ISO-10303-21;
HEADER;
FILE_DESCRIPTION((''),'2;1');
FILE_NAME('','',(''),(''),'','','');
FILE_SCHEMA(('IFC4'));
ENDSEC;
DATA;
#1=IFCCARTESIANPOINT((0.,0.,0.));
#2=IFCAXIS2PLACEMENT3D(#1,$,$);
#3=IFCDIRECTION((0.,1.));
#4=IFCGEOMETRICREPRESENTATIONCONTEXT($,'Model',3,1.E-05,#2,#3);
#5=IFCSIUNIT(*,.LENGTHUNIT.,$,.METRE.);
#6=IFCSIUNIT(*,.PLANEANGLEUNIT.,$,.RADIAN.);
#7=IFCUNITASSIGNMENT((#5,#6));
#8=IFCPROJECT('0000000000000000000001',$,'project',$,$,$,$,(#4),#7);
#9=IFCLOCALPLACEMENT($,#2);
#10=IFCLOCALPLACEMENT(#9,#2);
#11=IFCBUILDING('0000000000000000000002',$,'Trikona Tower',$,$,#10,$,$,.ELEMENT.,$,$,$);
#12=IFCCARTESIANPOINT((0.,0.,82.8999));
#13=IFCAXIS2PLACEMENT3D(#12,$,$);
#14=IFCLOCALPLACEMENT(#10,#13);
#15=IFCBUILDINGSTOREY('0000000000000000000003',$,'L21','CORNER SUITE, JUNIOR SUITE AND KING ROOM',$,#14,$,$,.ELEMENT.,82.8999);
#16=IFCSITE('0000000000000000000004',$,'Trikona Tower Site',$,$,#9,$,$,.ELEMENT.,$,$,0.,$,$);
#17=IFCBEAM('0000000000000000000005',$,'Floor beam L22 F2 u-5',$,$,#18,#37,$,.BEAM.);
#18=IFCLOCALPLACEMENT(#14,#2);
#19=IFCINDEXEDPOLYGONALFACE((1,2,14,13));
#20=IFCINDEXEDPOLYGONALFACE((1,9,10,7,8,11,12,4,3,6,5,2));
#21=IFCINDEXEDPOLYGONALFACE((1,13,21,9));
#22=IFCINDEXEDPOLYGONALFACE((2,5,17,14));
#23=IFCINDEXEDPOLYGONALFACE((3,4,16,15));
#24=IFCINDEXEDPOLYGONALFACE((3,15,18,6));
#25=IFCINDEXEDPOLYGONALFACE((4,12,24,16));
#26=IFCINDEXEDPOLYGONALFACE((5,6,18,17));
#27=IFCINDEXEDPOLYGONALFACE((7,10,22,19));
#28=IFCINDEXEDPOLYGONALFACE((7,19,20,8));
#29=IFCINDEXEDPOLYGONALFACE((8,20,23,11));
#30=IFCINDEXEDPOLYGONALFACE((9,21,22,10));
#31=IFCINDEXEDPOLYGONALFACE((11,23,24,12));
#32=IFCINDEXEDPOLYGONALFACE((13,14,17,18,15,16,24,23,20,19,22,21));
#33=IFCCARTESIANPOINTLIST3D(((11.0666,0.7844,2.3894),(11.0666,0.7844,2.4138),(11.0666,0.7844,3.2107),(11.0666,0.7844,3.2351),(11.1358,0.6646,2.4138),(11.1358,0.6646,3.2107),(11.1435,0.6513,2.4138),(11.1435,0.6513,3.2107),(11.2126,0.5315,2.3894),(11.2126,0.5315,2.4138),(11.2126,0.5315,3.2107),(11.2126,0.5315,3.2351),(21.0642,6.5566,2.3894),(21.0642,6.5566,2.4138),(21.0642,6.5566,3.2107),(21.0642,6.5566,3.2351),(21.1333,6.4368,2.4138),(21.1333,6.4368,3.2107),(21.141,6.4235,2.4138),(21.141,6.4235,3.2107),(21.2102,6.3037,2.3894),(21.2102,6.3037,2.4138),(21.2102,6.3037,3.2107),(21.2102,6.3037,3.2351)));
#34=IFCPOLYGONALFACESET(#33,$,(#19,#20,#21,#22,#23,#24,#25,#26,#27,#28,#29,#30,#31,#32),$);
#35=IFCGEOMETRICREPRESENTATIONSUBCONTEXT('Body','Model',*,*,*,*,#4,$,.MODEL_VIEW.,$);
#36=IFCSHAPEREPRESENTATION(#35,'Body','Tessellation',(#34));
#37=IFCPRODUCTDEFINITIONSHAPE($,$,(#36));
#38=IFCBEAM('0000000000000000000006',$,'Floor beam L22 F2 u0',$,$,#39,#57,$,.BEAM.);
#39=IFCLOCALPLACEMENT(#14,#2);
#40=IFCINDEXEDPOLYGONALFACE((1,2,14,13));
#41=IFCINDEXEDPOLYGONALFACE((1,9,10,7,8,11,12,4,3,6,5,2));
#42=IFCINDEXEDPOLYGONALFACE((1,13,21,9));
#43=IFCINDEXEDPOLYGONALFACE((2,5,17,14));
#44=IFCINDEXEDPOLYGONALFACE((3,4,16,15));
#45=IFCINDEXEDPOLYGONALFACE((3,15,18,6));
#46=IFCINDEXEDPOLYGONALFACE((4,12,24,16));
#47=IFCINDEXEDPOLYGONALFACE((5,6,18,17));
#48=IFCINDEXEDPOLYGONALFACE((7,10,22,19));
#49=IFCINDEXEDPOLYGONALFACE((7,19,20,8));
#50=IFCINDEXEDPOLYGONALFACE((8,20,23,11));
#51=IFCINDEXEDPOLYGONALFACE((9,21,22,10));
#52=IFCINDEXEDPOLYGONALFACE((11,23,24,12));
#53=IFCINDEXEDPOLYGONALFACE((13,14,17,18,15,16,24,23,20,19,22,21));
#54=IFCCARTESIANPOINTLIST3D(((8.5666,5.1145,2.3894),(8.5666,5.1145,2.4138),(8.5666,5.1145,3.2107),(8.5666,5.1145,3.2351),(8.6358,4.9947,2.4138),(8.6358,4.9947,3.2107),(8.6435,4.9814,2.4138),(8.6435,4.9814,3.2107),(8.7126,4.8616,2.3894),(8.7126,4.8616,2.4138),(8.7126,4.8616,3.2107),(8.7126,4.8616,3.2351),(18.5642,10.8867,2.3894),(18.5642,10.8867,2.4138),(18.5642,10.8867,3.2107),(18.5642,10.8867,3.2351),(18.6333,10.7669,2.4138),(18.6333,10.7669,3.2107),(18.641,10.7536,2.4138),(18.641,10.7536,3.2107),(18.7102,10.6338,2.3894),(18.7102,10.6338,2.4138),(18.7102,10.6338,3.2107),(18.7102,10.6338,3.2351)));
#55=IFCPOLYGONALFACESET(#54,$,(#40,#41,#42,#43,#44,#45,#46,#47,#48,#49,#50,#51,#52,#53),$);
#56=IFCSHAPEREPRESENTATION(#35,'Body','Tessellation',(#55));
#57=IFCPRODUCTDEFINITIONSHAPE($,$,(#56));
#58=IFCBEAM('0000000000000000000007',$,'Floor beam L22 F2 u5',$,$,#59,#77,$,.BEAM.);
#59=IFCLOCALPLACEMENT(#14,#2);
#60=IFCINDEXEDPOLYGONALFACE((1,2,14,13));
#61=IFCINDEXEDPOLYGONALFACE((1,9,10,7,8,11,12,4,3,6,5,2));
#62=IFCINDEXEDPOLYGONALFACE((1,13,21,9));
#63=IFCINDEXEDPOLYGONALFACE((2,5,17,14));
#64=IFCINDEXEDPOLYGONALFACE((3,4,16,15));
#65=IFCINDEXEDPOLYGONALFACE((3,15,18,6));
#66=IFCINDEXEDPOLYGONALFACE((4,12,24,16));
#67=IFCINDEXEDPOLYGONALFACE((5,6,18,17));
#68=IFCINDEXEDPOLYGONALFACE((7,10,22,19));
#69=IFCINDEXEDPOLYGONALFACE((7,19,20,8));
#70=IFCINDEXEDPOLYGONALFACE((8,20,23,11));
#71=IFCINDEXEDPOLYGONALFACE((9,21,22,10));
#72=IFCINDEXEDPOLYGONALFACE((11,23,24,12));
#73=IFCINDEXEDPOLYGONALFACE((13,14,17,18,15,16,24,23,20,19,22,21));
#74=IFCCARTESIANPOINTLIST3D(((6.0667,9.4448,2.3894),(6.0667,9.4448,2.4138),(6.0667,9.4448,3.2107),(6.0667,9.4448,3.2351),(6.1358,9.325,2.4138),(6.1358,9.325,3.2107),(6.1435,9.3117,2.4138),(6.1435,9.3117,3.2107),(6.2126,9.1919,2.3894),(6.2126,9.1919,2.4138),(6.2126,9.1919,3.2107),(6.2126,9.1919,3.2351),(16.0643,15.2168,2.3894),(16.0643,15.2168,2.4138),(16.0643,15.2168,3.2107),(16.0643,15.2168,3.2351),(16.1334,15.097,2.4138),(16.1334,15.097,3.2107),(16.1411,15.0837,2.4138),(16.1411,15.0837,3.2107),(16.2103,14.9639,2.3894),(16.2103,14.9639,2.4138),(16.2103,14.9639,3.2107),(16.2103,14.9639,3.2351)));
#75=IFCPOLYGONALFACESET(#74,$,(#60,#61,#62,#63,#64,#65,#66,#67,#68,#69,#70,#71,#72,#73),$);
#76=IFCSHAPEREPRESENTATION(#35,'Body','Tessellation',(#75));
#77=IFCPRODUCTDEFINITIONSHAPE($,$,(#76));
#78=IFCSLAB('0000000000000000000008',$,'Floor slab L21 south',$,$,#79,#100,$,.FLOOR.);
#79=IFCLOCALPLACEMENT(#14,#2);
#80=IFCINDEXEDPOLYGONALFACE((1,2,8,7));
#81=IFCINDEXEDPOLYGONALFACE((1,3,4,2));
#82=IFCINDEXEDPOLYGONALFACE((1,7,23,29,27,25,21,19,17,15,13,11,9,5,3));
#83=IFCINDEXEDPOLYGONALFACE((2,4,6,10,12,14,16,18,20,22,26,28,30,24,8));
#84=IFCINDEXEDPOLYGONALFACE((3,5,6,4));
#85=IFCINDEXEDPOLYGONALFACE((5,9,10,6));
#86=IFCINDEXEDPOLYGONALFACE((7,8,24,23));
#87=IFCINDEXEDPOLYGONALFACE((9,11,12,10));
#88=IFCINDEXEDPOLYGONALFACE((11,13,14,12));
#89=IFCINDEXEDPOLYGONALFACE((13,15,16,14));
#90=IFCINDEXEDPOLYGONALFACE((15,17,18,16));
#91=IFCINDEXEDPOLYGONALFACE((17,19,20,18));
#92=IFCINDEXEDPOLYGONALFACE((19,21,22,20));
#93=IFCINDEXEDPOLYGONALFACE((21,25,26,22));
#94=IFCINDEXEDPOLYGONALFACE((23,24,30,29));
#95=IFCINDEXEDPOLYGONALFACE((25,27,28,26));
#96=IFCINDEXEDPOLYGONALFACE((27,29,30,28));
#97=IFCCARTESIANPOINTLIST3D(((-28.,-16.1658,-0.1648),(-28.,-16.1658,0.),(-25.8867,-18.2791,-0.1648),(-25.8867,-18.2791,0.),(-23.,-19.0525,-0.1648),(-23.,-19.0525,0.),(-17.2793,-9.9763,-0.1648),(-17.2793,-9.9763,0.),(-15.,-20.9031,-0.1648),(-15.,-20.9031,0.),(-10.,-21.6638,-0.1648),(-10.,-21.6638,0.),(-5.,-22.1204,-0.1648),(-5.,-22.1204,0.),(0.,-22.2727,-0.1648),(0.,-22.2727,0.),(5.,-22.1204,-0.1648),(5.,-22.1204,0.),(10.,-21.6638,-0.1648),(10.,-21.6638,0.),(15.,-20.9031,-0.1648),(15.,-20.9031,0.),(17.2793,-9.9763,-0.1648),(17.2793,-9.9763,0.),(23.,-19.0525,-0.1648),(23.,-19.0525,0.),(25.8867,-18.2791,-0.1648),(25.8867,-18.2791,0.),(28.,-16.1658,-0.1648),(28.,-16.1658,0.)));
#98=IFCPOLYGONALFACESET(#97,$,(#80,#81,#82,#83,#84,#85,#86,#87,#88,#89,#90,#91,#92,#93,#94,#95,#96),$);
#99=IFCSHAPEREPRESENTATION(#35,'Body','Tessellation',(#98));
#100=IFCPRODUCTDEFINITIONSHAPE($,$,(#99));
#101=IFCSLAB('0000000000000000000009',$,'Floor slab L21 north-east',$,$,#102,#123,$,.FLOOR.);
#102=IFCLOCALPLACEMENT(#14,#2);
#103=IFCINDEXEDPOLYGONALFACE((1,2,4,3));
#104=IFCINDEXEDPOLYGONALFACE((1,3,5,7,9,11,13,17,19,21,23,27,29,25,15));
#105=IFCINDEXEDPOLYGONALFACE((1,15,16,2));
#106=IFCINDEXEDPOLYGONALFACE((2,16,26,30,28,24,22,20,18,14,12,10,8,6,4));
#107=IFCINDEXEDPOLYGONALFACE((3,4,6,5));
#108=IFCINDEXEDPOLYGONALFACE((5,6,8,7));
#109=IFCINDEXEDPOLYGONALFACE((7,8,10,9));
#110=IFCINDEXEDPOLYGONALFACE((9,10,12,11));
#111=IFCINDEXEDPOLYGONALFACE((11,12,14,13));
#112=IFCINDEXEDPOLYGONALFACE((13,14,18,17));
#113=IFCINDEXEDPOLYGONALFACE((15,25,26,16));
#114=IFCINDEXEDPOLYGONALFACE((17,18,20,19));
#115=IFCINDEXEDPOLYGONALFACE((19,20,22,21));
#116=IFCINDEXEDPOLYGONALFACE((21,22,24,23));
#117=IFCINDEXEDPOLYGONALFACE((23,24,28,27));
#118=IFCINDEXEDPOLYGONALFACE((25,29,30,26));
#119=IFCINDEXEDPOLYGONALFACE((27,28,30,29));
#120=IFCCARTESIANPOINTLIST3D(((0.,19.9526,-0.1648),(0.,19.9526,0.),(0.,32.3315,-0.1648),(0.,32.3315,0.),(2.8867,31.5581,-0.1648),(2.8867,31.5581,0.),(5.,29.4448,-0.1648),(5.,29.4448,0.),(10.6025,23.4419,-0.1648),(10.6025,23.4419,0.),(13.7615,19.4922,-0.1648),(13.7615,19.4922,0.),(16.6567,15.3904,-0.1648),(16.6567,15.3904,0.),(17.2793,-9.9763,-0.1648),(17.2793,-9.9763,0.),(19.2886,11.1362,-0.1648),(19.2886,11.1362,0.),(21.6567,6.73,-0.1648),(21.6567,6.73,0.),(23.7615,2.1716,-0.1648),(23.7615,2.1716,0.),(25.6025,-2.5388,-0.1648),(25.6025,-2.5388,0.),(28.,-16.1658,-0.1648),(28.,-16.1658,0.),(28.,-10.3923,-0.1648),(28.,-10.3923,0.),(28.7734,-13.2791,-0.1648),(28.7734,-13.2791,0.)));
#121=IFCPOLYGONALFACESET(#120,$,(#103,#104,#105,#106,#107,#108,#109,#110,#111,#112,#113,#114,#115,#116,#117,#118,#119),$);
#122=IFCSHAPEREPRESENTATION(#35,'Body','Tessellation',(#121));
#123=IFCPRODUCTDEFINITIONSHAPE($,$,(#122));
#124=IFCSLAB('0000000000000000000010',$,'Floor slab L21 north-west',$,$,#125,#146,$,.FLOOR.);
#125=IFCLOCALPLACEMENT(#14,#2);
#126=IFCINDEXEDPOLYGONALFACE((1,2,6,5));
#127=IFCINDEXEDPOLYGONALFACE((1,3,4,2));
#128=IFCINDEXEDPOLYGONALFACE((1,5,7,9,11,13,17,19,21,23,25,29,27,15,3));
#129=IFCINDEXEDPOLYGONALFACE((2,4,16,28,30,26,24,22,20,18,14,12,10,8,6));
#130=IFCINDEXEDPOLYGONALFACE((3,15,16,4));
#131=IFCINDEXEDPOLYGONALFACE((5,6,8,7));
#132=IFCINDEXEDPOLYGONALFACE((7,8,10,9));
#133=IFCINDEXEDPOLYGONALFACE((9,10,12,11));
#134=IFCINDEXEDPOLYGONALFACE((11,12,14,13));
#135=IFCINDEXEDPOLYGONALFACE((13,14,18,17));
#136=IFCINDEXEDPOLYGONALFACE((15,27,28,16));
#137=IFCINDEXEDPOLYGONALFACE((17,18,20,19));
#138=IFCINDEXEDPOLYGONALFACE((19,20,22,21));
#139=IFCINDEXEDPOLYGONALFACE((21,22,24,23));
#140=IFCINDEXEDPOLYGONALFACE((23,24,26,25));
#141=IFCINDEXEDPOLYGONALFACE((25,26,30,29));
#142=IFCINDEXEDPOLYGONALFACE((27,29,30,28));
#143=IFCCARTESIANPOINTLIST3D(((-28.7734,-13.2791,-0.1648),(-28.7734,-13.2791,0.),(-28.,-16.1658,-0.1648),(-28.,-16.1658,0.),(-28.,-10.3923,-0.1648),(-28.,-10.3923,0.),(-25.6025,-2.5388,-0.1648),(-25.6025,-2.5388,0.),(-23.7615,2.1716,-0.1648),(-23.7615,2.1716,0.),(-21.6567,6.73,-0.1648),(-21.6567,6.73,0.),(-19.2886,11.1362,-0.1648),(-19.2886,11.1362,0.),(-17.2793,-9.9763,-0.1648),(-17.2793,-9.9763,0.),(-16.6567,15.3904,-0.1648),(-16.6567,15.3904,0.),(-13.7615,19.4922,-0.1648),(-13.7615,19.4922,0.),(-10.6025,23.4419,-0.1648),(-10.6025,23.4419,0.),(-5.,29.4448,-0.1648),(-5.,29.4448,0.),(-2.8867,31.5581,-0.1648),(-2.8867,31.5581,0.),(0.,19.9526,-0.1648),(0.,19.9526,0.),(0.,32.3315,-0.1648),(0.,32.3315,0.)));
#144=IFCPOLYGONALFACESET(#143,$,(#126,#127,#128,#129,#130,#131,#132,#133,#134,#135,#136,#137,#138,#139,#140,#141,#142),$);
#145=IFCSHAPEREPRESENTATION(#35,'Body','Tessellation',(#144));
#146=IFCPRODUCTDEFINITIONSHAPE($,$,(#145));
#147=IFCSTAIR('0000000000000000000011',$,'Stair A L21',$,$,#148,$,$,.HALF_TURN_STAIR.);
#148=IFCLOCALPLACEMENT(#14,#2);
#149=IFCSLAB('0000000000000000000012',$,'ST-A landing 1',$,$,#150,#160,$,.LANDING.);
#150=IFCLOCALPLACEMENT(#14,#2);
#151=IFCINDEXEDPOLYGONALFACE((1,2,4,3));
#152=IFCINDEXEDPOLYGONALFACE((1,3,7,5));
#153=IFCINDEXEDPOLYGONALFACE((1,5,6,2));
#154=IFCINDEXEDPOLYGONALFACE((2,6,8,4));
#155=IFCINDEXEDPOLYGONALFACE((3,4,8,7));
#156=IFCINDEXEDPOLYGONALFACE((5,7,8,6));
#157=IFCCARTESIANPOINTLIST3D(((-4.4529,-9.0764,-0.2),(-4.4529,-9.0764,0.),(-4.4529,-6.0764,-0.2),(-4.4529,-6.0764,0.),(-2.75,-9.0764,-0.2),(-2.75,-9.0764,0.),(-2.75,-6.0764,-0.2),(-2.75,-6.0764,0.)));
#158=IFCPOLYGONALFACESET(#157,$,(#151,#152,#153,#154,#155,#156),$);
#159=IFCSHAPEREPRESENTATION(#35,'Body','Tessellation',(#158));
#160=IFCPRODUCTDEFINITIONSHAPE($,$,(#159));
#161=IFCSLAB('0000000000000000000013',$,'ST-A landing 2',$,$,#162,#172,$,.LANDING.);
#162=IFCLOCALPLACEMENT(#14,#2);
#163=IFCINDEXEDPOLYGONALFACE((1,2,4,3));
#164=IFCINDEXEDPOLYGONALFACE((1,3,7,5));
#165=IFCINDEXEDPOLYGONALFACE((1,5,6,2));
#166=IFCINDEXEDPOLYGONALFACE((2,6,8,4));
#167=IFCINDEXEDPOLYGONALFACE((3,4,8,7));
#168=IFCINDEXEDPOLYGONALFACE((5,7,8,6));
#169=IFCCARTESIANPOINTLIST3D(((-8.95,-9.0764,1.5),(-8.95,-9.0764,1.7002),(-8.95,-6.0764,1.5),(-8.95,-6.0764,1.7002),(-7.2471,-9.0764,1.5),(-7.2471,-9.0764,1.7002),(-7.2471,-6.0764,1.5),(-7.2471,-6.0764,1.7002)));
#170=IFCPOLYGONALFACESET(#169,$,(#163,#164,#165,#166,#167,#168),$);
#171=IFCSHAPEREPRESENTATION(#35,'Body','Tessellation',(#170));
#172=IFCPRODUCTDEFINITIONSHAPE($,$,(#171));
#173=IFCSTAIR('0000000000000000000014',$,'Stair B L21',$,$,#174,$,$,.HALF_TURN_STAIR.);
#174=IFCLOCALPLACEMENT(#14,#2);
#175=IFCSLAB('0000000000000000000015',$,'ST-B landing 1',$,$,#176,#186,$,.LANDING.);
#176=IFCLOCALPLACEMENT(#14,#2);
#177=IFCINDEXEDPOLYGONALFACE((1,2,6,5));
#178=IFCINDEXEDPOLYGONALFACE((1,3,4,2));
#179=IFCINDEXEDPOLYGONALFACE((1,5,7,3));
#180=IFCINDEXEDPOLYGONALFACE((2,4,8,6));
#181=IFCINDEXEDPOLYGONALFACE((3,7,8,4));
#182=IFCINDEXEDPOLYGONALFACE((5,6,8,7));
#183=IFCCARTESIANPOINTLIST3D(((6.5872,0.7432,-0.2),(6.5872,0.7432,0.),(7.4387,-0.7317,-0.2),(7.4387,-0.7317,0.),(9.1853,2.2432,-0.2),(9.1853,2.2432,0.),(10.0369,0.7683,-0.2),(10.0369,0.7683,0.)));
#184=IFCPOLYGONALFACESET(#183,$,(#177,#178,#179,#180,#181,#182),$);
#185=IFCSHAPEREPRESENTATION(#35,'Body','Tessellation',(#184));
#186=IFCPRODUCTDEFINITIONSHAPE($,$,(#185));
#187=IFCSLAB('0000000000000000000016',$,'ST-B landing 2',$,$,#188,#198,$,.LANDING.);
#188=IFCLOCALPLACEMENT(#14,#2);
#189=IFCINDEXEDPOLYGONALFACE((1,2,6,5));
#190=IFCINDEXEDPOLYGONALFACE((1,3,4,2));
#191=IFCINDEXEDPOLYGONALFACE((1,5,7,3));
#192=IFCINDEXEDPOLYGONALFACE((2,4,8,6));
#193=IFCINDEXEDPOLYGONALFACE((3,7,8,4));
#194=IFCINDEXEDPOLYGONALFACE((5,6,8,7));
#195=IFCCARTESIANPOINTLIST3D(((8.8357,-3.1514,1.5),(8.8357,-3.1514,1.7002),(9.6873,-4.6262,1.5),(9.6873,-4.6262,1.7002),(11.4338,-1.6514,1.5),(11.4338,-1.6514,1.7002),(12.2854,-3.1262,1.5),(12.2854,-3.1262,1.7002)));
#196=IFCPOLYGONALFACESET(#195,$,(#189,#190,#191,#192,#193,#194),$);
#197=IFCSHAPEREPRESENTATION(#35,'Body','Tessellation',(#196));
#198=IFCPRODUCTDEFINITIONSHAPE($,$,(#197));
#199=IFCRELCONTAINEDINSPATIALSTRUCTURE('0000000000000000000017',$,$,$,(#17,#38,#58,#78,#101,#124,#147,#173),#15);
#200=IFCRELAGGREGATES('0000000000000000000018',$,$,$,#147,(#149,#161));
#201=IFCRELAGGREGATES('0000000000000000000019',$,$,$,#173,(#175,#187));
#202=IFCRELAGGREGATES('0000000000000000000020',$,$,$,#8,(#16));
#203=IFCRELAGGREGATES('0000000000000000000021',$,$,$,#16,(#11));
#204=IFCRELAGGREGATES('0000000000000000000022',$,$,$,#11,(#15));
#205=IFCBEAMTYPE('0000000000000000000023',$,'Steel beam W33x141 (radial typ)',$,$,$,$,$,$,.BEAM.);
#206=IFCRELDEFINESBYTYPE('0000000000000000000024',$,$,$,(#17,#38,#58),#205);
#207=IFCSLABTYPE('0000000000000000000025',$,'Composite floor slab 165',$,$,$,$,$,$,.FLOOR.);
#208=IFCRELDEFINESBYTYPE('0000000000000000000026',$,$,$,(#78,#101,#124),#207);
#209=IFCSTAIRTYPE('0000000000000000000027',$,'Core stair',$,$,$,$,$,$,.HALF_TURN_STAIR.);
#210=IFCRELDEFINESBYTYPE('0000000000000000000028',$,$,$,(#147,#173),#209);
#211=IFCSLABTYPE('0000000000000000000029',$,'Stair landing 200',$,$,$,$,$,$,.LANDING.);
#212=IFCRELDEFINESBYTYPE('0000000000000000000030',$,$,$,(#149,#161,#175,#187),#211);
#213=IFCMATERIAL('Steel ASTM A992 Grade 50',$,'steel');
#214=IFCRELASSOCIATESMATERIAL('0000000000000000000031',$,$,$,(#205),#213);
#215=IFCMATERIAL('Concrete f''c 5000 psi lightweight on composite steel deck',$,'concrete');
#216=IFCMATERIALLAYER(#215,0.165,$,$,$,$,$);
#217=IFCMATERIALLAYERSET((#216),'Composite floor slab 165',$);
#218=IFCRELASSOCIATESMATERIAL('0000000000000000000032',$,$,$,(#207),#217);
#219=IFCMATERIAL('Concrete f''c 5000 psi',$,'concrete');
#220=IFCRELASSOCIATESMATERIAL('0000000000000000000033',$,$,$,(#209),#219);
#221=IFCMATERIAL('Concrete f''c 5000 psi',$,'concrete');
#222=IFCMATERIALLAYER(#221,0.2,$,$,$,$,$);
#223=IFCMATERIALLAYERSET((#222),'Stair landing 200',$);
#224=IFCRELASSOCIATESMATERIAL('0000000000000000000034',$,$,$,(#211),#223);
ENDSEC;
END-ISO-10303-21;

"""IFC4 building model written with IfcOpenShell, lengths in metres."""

from ifc_helpers import new_model, si_unit, direction, frame, origin, origin_2d, place, context, subcontext, project, spatial, polyline, i_section, outline, extrude, material, layer, layer_set, material_profile, profile_set, type_object, element, aggregate, save


model = new_model("IFC4")

# Units and contexts
model_context = context("Model", 3, precision=1e-05, world=origin(), true_north=direction((0.0, 1.0)))
body_context = subcontext(model_context, "Body", "Model", "MODEL_VIEW")
ifc_project = project(units=[si_unit("LENGTHUNIT", "METRE"), si_unit("PLANEANGLEUNIT", "RADIAN")], contexts=[model_context])

# Site, building, storey
site_placement = place(None, origin())
site = spatial("IfcSite", under=ifc_project, at=site_placement, Name="Trikona Tower Site", CompositionType="ELEMENT", RefElevation=0.0)
building_placement = place(site_placement, origin())
building = spatial("IfcBuilding", under=site, at=building_placement, Name="Trikona Tower", CompositionType="ELEMENT")
storey_placement = place(building_placement, frame((0.0, 0.0, 82.8999)))
storey = spatial("IfcBuildingStorey", under=building, at=storey_placement, Name="L21", Description="CORNER SUITE, JUNIOR SUITE AND KING ROOM", CompositionType="ELEMENT", Elevation=82.8999)

# Beams
ifc_material_1 = material(Name="Steel ASTM A992 Grade 50", Category="steel")
ifc_material_profile = material_profile(ifc_material_1, i_section(OverallWidth=0.292, OverallDepth=0.8457, WebThickness=0.0154, FlangeThickness=0.0244, at=origin_2d()), Name="W33X141")
ifc_profile_set = profile_set([ifc_material_profile], Name="Steel ASTM A992 Grade 50")
beam_type = type_object("IfcBeamType", Name="Steel beam W33x141 (radial typ)", PredefinedType="BEAM", material=ifc_profile_set)
for number, where, z_axis, x_axis, name in (
    (1, (11.1396, 0.658, 2.8123), (0.866021, 0.500008, 0.0), (-0.500008, 0.866021, 0.0), "Floor beam L22 F2 u-5"),
    (2, (8.6396, 4.988, 2.8123), (0.866021, 0.500008, 0.0), (-0.500008, 0.866021, 0.0), "Floor beam L22 F2 u0"),
    (3, (6.1396, 9.3184, 2.8123), (0.86603, 0.499992, 0.0), (-0.499992, 0.86603, 0.0), "Floor beam L22 F2 u5"),
):
    element("IfcBeam", number, at=place(storey_placement, frame(where, z_axis=z_axis, x_axis=x_axis)), inside=storey, type_object=beam_type, Name=name, PredefinedType="BEAM", context=body_context, shape_type="SweptSolid", body=[
        extrude(i_section(OverallWidth=0.292, OverallDepth=0.8457, WebThickness=0.0154, FlangeThickness=0.0244, at=origin_2d()), origin(), (0.0, 0.0, 1.0), 11.5442),
    ])

# Slabs
ifc_material_2 = material(Name="Concrete f'c 5000 psi lightweight on composite steel deck", Category="concrete")
ifc_layer_1 = layer(ifc_material_2, 0.165)
ifc_layer_set_1 = layer_set([ifc_layer_1], Name="Composite floor slab 165")
slab_type_1 = type_object("IfcSlabType", Name="Composite floor slab 165", PredefinedType="FLOOR", material=ifc_layer_set_1)
slab_1_placement = place(storey_placement, frame((0.0, 0.0, -0.1648)))
element("IfcSlab", 4, at=slab_1_placement, inside=storey, type_object=slab_type_1, Name="Floor slab L21 south", PredefinedType="FLOOR", context=body_context, shape_type="SweptSolid", body=[
    extrude(outline(polyline([(25.8867, -18.2791), (28.0, -16.1658), (17.2793, -9.9763), (-17.2793, -9.9763), (-28.0, -16.1658), (-25.8867, -18.2791), (-23.0, -19.0525), (-15.0, -20.9031), (-10.0, -21.6638), (-5.0, -22.1204), (0.0, -22.2727), (5.0, -22.1204), (10.0, -21.6638), (15.0, -20.9031), (23.0, -19.0525), (25.8867, -18.2791)])), origin(), (0.0, 0.0, 1.0), 0.1648),
])
slab_2_placement = place(storey_placement, frame((0.0, 0.0, -0.1648)))
element("IfcSlab", 5, at=slab_2_placement, inside=storey, type_object=slab_type_1, Name="Floor slab L21 north-east", PredefinedType="FLOOR", context=body_context, shape_type="SweptSolid", body=[
    extrude(outline(polyline([(2.8867, 31.5581), (0.0, 32.3315), (0.0, 19.9526), (17.2793, -9.9763), (28.0, -16.1658), (28.7734, -13.2791), (28.0, -10.3923), (25.6025, -2.5388), (23.7615, 2.1716), (21.6567, 6.73), (19.2886, 11.1362), (16.6567, 15.3904), (13.7615, 19.4922), (10.6025, 23.4419), (5.0, 29.4448), (2.8867, 31.5581)])), origin(), (0.0, 0.0, 1.0), 0.1648),
])
slab_3_placement = place(storey_placement, frame((0.0, 0.0, -0.1648)))
element("IfcSlab", 6, at=slab_3_placement, inside=storey, type_object=slab_type_1, Name="Floor slab L21 north-west", PredefinedType="FLOOR", context=body_context, shape_type="SweptSolid", body=[
    extrude(outline(polyline([(0.0, 19.9526), (0.0, 32.3315), (-2.8867, 31.5581), (-5.0, 29.4448), (-10.6025, 23.4419), (-13.7615, 19.4922), (-16.6567, 15.3904), (-19.2886, 11.1362), (-21.6567, 6.73), (-23.7615, 2.1716), (-25.6025, -2.5388), (-28.0, -10.3923), (-28.7734, -13.2791), (-28.0, -16.1658), (-17.2793, -9.9763), (0.0, 19.9526)])), origin(), (0.0, 0.0, 1.0), 0.1648),
])

# Stairs, slabs
ifc_material_3 = material(Name="Concrete f'c 5000 psi", Category="concrete")
stair_type = type_object("IfcStairType", Name="Core stair", PredefinedType="HALF_TURN_STAIR", material=ifc_material_3)
stair_1_placement = place(storey_placement, origin())
stair_1 = element("IfcStair", 7, at=stair_1_placement, inside=storey, type_object=stair_type, Name="Stair A L21", PredefinedType="HALF_TURN_STAIR")
ifc_material_4 = material(Name="Concrete f'c 5000 psi", Category="concrete")
ifc_layer_2 = layer(ifc_material_4, 0.2)
ifc_layer_set_2 = layer_set([ifc_layer_2], Name="Stair landing 200")
slab_type_2 = type_object("IfcSlabType", Name="Stair landing 200", PredefinedType="LANDING", material=ifc_layer_set_2)
slab_4_placement = place(storey_placement, frame((0.0, 0.0, -0.2)))
slab_4 = element("IfcSlab", 8, at=slab_4_placement, type_object=slab_type_2, Name="ST-A landing 1", PredefinedType="LANDING", context=body_context, shape_type="SweptSolid", body=[
    extrude(outline(polyline([(-4.4529, -6.0764), (-2.75, -6.0764), (-2.75, -9.0764), (-4.4529, -9.0764), (-4.4529, -6.0764)])), origin(), (0.0, 0.0, 1.0), 0.2),
])
slab_5_placement = place(storey_placement, frame((0.0, 0.0, 1.5)))
slab_5 = element("IfcSlab", 9, at=slab_5_placement, type_object=slab_type_2, Name="ST-A landing 2", PredefinedType="LANDING", context=body_context, shape_type="SweptSolid", body=[
    extrude(outline(polyline([(-8.95, -6.0764), (-7.2471, -6.0764), (-7.2471, -9.0764), (-8.95, -9.0764), (-8.95, -6.0764)])), origin(), (0.0, 0.0, 1.0), 0.2002),
])
aggregate(stair_1, [slab_4, slab_5])
stair_2_placement = place(storey_placement, origin())
stair_2 = element("IfcStair", 10, at=stair_2_placement, inside=storey, type_object=stair_type, Name="Stair B L21", PredefinedType="HALF_TURN_STAIR")
slab_6_placement = place(storey_placement, frame((0.0, 0.0, -0.2)))
slab_6 = element("IfcSlab", 11, at=slab_6_placement, type_object=slab_type_2, Name="ST-B landing 1", PredefinedType="LANDING", context=body_context, shape_type="SweptSolid", body=[
    extrude(outline(polyline([(7.4387, -0.7317), (6.5872, 0.7432), (9.1853, 2.2432), (10.0369, 0.7683), (7.4387, -0.7317)])), origin(), (0.0, 0.0, 1.0), 0.2),
])
slab_7_placement = place(storey_placement, frame((0.0, 0.0, 1.5)))
slab_7 = element("IfcSlab", 12, at=slab_7_placement, type_object=slab_type_2, Name="ST-B landing 2", PredefinedType="LANDING", context=body_context, shape_type="SweptSolid", body=[
    extrude(outline(polyline([(9.6873, -4.6262), (8.8357, -3.1514), (11.4338, -1.6514), (12.2854, -3.1262), (9.6873, -4.6262)])), origin(), (0.0, 0.0, 1.0), 0.2002),
])

aggregate(stair_2, [slab_6, slab_7])

save(model, "model.ifc")
